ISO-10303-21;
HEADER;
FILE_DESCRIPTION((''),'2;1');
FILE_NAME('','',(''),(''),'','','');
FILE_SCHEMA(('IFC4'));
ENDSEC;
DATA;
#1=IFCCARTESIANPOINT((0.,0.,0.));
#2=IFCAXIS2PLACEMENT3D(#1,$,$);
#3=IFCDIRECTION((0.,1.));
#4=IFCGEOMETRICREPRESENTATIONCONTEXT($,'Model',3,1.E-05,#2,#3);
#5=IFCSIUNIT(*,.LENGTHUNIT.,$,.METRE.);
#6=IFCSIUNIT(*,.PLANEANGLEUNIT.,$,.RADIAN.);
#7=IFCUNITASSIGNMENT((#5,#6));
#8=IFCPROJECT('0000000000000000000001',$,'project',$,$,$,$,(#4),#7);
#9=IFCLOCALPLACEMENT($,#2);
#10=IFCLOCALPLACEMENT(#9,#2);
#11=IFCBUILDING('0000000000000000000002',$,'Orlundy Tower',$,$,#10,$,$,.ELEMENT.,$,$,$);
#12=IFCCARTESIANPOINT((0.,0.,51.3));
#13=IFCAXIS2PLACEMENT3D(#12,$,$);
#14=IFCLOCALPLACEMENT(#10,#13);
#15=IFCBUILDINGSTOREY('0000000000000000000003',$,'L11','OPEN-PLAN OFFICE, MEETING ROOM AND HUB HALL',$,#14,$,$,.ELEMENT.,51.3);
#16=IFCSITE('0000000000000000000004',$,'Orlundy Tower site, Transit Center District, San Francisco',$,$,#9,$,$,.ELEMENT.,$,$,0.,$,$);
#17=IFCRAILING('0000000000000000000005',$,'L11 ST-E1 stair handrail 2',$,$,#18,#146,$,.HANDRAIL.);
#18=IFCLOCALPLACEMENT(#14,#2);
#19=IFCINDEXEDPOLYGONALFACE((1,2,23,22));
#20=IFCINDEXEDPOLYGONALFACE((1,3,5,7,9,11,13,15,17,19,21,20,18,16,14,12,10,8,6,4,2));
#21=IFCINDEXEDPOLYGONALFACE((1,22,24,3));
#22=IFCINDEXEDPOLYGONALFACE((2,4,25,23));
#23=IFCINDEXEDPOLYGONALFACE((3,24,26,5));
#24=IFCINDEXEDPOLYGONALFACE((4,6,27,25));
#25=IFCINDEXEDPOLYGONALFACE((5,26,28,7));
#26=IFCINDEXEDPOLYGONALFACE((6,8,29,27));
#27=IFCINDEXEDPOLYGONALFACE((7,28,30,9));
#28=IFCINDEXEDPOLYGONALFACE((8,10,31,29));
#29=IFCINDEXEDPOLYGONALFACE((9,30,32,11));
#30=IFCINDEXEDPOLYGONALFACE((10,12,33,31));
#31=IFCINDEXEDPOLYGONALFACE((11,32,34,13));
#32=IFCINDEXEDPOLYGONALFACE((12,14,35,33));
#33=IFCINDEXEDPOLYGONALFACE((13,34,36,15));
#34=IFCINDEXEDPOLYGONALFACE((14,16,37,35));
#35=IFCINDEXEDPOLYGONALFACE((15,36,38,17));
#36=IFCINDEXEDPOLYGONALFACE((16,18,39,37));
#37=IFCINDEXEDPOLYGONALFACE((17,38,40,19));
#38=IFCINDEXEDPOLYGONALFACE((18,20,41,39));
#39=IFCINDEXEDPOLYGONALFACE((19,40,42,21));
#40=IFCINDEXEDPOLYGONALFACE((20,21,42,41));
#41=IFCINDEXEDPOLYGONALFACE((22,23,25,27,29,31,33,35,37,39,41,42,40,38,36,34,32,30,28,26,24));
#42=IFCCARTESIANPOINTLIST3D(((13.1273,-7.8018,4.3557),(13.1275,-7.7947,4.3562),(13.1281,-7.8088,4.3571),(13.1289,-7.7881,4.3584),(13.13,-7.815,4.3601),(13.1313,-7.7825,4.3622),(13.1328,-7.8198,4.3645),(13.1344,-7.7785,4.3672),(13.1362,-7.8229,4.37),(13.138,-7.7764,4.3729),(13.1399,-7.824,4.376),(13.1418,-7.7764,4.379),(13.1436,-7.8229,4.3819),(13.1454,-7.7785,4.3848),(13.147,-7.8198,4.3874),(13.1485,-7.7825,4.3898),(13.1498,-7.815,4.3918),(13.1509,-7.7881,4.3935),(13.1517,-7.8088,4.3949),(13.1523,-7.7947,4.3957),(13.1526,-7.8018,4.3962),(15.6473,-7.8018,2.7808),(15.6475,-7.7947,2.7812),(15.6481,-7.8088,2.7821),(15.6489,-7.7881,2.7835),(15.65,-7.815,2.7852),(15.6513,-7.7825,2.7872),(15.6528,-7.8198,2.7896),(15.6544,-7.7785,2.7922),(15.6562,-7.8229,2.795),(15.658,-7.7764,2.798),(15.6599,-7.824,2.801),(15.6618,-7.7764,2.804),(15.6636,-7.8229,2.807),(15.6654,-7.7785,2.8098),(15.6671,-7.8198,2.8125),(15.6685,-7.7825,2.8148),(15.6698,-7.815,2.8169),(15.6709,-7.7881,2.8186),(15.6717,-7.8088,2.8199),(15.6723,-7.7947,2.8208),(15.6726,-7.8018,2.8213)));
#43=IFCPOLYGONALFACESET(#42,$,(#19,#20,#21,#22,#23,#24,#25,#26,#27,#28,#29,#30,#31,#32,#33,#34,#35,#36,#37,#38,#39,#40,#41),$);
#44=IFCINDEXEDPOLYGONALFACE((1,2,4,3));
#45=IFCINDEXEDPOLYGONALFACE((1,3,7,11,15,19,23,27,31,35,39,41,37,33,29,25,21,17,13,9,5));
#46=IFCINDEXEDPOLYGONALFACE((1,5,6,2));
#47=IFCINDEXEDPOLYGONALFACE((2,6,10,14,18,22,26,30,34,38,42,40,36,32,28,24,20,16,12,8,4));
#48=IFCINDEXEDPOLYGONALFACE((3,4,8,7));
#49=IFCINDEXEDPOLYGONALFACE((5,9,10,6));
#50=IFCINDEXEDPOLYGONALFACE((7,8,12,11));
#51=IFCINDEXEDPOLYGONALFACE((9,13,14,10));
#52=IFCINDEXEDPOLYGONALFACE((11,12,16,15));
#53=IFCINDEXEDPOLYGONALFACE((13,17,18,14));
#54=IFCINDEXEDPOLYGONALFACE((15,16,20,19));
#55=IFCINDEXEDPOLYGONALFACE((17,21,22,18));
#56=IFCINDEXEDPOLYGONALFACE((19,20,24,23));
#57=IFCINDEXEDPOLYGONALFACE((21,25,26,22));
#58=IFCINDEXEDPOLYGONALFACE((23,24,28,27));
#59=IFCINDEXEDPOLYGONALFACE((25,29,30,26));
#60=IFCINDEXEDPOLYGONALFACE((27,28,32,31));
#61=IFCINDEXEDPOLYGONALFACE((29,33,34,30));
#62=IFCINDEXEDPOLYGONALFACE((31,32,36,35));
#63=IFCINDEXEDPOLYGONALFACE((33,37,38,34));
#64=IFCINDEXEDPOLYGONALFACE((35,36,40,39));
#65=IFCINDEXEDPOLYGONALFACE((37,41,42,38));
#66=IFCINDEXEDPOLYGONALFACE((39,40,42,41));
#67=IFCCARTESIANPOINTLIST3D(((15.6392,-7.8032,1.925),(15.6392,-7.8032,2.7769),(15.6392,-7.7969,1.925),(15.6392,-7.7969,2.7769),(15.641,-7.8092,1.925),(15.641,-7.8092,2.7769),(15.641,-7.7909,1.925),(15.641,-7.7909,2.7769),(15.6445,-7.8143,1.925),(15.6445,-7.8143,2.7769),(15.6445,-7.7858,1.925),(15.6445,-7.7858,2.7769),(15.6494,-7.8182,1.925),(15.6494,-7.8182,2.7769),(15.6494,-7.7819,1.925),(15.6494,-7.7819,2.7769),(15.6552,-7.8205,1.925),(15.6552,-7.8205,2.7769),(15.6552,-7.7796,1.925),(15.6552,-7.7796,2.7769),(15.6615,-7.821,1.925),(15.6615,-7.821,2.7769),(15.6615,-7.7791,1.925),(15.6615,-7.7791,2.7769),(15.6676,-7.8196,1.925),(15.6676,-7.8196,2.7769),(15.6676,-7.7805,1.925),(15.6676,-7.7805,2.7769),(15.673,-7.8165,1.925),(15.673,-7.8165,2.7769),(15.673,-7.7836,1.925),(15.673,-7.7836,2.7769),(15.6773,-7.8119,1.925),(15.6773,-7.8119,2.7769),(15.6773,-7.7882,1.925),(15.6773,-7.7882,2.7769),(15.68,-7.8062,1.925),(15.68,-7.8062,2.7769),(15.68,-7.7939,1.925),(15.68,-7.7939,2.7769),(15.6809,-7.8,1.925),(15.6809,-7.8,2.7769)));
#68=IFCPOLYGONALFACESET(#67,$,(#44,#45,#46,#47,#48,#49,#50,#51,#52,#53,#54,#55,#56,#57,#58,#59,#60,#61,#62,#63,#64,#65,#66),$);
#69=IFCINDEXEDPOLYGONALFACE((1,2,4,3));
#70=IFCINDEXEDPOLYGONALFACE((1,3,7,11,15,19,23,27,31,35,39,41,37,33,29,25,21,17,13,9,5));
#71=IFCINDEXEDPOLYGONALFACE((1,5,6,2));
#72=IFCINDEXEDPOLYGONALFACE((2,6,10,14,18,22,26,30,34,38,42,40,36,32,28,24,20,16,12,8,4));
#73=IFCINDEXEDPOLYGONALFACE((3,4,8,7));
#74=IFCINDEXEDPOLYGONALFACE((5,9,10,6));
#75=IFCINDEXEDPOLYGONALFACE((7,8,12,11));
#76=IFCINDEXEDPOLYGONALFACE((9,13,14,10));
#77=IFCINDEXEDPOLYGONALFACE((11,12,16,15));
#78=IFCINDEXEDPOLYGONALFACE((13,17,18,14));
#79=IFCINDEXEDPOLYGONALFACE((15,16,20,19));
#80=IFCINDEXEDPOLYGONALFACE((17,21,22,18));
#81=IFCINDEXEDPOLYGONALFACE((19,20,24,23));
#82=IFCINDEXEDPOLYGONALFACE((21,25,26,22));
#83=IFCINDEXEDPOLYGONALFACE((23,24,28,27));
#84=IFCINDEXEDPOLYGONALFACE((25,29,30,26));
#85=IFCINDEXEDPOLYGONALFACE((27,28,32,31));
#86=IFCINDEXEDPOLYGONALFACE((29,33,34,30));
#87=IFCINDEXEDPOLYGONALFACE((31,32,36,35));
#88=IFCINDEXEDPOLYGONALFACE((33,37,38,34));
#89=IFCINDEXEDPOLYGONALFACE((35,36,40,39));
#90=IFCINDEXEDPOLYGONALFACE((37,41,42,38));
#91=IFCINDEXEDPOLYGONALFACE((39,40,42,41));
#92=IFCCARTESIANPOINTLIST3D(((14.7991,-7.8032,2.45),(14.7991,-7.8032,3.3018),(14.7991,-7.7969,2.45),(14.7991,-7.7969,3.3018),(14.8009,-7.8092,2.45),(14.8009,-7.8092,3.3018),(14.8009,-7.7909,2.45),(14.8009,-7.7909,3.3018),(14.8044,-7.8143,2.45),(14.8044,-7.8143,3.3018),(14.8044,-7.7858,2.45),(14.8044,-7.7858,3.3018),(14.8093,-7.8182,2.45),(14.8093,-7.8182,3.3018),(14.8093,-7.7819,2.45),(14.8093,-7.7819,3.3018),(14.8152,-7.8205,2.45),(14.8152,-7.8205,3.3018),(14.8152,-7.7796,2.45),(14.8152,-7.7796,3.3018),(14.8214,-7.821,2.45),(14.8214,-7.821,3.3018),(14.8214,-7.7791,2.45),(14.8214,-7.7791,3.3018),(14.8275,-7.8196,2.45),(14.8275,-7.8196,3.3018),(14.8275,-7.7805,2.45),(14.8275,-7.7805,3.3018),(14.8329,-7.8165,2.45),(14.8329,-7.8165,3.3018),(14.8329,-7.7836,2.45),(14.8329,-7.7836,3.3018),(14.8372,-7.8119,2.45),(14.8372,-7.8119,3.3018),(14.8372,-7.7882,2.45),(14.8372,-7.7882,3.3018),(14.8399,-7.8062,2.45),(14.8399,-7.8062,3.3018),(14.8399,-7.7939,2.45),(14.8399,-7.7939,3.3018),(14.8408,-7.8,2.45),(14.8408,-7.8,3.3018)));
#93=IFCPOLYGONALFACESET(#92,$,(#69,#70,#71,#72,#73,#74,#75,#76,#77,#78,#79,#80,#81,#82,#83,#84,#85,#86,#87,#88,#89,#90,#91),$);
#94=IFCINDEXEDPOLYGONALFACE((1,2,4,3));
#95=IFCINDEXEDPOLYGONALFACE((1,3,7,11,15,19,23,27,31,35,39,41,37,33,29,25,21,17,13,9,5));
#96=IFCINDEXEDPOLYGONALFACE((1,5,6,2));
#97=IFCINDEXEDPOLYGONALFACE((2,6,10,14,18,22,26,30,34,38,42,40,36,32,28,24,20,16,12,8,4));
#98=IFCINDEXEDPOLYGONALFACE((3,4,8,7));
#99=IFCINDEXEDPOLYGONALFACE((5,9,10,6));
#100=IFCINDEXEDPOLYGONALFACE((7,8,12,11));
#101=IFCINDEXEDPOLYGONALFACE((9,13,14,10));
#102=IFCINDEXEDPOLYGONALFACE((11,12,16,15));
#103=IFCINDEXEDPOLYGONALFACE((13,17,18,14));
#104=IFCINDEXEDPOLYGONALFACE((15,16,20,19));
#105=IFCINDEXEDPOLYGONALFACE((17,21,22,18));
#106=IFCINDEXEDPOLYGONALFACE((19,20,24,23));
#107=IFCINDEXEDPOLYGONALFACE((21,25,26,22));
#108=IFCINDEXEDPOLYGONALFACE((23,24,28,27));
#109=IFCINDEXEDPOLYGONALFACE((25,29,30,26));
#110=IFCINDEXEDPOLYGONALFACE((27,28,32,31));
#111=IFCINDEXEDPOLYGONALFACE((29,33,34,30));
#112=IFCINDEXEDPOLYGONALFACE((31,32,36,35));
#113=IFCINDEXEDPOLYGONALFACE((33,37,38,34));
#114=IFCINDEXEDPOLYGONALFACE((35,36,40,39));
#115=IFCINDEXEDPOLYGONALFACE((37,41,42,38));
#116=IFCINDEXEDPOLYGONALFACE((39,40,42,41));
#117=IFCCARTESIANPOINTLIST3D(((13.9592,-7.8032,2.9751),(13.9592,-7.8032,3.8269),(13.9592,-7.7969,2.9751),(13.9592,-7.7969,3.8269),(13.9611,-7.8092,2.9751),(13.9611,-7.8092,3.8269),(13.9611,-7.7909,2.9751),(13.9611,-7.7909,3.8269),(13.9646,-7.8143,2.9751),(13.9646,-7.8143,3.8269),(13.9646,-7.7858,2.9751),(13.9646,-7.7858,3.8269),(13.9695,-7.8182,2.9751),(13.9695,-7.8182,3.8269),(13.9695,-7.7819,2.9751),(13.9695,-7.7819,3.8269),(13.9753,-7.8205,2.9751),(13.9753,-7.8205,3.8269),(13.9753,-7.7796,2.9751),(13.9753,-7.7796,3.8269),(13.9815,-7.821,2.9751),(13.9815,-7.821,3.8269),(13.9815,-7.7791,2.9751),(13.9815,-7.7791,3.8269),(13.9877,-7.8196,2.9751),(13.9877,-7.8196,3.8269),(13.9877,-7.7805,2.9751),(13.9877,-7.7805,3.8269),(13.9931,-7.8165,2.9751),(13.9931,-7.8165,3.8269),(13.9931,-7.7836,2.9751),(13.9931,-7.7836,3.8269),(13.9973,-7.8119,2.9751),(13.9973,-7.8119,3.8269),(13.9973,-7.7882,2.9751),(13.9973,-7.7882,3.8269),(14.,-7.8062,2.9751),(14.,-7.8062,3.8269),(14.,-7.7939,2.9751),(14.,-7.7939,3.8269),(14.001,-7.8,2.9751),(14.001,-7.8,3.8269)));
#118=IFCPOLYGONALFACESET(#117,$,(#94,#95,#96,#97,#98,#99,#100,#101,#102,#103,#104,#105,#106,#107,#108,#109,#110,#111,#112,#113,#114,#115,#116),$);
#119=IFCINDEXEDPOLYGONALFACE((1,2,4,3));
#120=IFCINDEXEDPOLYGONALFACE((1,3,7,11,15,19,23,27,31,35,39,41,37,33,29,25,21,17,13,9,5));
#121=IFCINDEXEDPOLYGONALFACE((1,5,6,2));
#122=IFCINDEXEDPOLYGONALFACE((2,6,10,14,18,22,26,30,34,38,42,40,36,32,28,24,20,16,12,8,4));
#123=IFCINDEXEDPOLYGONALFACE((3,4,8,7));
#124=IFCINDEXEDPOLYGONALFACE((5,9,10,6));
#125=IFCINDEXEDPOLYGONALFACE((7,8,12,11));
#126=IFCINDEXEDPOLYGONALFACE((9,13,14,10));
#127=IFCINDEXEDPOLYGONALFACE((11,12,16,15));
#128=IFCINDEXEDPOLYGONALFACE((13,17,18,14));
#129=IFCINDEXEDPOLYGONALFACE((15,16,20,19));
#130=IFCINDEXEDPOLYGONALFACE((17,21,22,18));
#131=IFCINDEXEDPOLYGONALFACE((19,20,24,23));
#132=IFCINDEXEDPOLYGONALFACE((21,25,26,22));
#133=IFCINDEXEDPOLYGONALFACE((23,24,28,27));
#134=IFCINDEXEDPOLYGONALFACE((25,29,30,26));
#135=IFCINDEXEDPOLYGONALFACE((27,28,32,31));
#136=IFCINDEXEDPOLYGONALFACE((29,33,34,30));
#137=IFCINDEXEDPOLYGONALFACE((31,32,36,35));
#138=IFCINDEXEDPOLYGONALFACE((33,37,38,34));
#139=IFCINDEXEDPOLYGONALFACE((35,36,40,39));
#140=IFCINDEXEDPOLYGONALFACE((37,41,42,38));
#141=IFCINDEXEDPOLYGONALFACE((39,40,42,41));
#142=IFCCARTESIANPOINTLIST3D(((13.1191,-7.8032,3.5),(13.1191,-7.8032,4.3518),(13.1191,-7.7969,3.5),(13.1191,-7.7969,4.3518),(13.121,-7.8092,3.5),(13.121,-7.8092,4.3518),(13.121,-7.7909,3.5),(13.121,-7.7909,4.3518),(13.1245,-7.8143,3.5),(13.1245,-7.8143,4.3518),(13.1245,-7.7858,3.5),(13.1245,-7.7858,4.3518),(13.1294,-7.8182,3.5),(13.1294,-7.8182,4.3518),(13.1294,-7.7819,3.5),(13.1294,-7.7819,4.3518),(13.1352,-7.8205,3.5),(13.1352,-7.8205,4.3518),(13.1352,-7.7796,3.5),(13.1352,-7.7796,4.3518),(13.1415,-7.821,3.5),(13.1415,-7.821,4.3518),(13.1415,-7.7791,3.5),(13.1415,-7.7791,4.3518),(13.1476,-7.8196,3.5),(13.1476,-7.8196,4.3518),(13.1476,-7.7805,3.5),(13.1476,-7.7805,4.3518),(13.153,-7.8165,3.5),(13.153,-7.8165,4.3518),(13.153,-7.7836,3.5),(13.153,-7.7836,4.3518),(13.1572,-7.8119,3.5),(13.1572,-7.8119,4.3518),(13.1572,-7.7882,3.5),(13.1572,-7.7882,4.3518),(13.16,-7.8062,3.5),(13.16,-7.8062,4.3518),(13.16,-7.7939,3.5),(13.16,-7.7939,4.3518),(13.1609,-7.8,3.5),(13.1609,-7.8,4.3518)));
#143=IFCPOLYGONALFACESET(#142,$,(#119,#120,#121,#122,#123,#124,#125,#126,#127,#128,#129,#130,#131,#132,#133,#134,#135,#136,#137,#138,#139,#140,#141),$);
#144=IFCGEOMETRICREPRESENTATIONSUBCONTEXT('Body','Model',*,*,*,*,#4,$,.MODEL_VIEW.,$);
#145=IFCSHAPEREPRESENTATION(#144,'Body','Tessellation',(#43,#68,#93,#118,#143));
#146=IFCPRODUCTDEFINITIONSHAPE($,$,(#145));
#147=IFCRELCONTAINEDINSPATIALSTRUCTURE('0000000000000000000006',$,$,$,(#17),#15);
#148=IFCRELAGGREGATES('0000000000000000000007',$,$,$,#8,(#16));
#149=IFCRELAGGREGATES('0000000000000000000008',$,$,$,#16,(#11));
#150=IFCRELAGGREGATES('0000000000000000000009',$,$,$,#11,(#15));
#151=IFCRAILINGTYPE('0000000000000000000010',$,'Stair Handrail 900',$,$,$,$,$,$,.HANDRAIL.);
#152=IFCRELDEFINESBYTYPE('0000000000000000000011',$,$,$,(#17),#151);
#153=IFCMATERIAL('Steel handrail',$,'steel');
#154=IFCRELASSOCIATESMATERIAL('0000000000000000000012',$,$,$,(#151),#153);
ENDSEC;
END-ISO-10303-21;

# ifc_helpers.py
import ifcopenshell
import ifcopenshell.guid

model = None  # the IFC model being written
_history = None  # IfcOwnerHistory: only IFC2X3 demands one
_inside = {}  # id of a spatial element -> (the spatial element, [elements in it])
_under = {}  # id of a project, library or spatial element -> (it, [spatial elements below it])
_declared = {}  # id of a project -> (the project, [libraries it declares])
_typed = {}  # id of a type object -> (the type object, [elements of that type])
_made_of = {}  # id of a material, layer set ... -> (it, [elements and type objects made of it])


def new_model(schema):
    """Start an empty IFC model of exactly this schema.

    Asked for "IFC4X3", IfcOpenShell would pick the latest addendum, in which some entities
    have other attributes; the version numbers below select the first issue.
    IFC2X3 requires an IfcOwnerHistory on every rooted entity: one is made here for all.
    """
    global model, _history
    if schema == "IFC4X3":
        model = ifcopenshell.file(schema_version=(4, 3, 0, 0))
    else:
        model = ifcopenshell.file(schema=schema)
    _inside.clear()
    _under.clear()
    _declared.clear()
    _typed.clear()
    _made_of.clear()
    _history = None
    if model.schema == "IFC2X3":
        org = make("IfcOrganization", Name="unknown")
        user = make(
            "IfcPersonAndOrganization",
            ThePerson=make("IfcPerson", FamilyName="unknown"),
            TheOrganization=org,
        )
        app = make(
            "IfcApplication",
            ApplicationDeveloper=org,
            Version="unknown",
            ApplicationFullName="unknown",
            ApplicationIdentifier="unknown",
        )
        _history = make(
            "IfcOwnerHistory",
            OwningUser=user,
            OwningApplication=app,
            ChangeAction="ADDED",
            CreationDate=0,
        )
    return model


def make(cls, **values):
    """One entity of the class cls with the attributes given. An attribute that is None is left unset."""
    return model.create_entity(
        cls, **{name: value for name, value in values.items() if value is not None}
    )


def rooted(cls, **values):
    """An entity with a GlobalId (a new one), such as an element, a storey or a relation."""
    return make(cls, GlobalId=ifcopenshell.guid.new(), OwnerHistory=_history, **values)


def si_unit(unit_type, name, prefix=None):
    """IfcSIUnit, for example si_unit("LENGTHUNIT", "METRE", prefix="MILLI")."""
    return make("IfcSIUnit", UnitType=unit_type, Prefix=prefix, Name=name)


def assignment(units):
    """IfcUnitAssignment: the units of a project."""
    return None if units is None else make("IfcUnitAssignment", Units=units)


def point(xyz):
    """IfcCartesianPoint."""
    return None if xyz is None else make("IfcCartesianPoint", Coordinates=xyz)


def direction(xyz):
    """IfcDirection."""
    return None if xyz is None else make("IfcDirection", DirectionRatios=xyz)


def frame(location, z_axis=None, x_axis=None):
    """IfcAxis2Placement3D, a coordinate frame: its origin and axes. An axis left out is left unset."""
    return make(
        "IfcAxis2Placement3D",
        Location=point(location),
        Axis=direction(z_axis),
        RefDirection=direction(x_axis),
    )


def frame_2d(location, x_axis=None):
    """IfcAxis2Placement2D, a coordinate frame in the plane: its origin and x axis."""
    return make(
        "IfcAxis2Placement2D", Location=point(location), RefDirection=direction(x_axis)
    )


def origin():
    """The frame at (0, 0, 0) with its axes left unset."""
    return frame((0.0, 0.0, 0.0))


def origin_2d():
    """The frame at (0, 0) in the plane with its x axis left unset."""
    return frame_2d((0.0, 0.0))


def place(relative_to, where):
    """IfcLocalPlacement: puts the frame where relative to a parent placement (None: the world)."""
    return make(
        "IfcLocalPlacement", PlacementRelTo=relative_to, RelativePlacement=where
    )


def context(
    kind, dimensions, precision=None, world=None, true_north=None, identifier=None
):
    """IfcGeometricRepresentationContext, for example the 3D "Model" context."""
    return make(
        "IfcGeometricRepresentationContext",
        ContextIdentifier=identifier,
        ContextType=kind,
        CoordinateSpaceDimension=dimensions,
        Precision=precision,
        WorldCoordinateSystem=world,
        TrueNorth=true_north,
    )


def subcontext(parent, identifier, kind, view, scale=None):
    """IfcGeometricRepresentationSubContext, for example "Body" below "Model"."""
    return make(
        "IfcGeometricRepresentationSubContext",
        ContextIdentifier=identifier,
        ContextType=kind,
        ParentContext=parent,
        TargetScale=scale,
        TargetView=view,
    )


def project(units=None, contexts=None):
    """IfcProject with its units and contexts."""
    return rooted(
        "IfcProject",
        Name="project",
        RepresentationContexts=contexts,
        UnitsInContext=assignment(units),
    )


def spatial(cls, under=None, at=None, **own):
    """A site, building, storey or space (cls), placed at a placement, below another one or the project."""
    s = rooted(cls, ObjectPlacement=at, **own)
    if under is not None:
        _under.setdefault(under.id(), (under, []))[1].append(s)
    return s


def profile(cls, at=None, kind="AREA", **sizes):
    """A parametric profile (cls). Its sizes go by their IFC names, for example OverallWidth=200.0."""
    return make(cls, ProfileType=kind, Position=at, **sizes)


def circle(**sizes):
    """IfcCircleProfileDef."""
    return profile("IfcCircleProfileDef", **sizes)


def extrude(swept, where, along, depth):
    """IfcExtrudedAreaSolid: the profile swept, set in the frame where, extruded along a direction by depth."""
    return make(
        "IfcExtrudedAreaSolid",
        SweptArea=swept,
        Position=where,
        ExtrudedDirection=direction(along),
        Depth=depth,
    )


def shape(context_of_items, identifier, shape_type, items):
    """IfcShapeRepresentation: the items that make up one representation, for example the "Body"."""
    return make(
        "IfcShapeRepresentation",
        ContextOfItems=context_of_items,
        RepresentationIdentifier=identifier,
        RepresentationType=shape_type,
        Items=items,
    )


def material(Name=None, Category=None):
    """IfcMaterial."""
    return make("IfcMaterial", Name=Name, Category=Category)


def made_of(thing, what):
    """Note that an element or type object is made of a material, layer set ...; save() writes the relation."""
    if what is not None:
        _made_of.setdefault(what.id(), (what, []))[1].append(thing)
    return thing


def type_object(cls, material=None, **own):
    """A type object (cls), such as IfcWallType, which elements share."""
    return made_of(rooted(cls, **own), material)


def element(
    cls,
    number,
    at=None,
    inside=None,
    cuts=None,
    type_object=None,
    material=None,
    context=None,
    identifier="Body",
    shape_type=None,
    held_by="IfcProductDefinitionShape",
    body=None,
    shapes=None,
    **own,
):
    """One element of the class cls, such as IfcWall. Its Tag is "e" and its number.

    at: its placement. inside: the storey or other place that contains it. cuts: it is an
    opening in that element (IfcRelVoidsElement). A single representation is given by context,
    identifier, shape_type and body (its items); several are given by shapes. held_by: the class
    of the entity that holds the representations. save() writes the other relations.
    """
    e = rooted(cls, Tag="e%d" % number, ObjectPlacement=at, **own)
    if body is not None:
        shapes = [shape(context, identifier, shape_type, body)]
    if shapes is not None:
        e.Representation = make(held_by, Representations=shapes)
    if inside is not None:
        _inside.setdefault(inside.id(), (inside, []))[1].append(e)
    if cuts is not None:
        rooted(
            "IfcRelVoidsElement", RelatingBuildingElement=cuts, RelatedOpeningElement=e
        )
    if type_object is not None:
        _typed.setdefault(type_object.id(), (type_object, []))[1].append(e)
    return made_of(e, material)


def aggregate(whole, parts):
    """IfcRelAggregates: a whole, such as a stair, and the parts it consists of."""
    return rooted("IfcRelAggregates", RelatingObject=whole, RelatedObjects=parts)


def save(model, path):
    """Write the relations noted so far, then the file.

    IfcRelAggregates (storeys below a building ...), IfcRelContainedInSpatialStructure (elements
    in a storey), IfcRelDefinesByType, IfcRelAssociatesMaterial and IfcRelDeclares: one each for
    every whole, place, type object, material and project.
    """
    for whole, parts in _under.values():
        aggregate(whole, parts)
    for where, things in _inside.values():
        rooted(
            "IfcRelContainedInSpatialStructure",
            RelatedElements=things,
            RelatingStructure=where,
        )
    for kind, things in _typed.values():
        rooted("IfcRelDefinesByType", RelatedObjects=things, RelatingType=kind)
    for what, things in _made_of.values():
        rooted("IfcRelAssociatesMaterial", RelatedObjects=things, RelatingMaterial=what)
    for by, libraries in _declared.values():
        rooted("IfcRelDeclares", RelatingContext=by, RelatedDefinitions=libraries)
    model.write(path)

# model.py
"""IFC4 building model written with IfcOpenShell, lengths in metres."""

from ifc_helpers import new_model, si_unit, direction, frame, origin, origin_2d, place, context, subcontext, project, spatial, circle, extrude, material, type_object, element, save


model = new_model("IFC4")

# Units and contexts
model_context = context("Model", 3, precision=1e-05, world=origin(), true_north=direction((0.0, 1.0)))
body_context = subcontext(model_context, "Body", "Model", "MODEL_VIEW")
ifc_project = project(units=[si_unit("LENGTHUNIT", "METRE"), si_unit("PLANEANGLEUNIT", "RADIAN")], contexts=[model_context])

# Site, building, storey
site_placement = place(None, origin())
site = spatial("IfcSite", under=ifc_project, at=site_placement, Name="Orlundy Tower site, Transit Center District, San Francisco", CompositionType="ELEMENT", RefElevation=0.0)
building_placement = place(site_placement, origin())
building = spatial("IfcBuilding", under=site, at=building_placement, Name="Orlundy Tower", CompositionType="ELEMENT")
storey_placement = place(building_placement, frame((0.0, 0.0, 51.3)))
storey = spatial("IfcBuildingStorey", under=building, at=storey_placement, Name="L11", Description="OPEN-PLAN OFFICE, MEETING ROOM AND HUB HALL", CompositionType="ELEMENT", Elevation=51.3)

# Railing
ifc_material_1 = material(Name="Steel handrail", Category="steel")
railing_type_1 = type_object("IfcRailingType", Name="Stair Handrail 900", PredefinedType="HANDRAIL", material=ifc_material_1)
railing_1_placement = place(storey_placement, frame((15.6599, -7.8, 1.925)))
element("IfcRailing", 1, at=railing_1_placement, inside=storey, type_object=railing_type_1, Name="L11 ST-E1 stair handrail 2", PredefinedType="HANDRAIL", context=body_context, shape_type="SweptSolid", body=[
    extrude(circle(Radius=0.0239, at=origin_2d()), frame((0.0, 0.0, 0.876), z_axis=(-0.848008, 0.0, 0.529984), x_axis=(0.0, -1.0, 0.0)), (0.0, 0.0, 1.0), 2.9717),
    extrude(circle(Radius=0.021, at=origin_2d()), origin(), (0.0, 0.0, 1.0), 0.8518),
    extrude(circle(Radius=0.021, at=origin_2d()), frame((-0.8401, 0.0, 0.5249)), (0.0, 0.0, 1.0), 0.8518),
    extrude(circle(Radius=0.021, at=origin_2d()), frame((-1.6799, 0.0, 1.05)), (0.0, 0.0, 1.0), 0.8518),
    extrude(circle(Radius=0.021, at=origin_2d()), frame((-2.52, 0.0, 1.575)), (0.0, 0.0, 1.0), 0.8518),
])

save(model, "model.ifc")
